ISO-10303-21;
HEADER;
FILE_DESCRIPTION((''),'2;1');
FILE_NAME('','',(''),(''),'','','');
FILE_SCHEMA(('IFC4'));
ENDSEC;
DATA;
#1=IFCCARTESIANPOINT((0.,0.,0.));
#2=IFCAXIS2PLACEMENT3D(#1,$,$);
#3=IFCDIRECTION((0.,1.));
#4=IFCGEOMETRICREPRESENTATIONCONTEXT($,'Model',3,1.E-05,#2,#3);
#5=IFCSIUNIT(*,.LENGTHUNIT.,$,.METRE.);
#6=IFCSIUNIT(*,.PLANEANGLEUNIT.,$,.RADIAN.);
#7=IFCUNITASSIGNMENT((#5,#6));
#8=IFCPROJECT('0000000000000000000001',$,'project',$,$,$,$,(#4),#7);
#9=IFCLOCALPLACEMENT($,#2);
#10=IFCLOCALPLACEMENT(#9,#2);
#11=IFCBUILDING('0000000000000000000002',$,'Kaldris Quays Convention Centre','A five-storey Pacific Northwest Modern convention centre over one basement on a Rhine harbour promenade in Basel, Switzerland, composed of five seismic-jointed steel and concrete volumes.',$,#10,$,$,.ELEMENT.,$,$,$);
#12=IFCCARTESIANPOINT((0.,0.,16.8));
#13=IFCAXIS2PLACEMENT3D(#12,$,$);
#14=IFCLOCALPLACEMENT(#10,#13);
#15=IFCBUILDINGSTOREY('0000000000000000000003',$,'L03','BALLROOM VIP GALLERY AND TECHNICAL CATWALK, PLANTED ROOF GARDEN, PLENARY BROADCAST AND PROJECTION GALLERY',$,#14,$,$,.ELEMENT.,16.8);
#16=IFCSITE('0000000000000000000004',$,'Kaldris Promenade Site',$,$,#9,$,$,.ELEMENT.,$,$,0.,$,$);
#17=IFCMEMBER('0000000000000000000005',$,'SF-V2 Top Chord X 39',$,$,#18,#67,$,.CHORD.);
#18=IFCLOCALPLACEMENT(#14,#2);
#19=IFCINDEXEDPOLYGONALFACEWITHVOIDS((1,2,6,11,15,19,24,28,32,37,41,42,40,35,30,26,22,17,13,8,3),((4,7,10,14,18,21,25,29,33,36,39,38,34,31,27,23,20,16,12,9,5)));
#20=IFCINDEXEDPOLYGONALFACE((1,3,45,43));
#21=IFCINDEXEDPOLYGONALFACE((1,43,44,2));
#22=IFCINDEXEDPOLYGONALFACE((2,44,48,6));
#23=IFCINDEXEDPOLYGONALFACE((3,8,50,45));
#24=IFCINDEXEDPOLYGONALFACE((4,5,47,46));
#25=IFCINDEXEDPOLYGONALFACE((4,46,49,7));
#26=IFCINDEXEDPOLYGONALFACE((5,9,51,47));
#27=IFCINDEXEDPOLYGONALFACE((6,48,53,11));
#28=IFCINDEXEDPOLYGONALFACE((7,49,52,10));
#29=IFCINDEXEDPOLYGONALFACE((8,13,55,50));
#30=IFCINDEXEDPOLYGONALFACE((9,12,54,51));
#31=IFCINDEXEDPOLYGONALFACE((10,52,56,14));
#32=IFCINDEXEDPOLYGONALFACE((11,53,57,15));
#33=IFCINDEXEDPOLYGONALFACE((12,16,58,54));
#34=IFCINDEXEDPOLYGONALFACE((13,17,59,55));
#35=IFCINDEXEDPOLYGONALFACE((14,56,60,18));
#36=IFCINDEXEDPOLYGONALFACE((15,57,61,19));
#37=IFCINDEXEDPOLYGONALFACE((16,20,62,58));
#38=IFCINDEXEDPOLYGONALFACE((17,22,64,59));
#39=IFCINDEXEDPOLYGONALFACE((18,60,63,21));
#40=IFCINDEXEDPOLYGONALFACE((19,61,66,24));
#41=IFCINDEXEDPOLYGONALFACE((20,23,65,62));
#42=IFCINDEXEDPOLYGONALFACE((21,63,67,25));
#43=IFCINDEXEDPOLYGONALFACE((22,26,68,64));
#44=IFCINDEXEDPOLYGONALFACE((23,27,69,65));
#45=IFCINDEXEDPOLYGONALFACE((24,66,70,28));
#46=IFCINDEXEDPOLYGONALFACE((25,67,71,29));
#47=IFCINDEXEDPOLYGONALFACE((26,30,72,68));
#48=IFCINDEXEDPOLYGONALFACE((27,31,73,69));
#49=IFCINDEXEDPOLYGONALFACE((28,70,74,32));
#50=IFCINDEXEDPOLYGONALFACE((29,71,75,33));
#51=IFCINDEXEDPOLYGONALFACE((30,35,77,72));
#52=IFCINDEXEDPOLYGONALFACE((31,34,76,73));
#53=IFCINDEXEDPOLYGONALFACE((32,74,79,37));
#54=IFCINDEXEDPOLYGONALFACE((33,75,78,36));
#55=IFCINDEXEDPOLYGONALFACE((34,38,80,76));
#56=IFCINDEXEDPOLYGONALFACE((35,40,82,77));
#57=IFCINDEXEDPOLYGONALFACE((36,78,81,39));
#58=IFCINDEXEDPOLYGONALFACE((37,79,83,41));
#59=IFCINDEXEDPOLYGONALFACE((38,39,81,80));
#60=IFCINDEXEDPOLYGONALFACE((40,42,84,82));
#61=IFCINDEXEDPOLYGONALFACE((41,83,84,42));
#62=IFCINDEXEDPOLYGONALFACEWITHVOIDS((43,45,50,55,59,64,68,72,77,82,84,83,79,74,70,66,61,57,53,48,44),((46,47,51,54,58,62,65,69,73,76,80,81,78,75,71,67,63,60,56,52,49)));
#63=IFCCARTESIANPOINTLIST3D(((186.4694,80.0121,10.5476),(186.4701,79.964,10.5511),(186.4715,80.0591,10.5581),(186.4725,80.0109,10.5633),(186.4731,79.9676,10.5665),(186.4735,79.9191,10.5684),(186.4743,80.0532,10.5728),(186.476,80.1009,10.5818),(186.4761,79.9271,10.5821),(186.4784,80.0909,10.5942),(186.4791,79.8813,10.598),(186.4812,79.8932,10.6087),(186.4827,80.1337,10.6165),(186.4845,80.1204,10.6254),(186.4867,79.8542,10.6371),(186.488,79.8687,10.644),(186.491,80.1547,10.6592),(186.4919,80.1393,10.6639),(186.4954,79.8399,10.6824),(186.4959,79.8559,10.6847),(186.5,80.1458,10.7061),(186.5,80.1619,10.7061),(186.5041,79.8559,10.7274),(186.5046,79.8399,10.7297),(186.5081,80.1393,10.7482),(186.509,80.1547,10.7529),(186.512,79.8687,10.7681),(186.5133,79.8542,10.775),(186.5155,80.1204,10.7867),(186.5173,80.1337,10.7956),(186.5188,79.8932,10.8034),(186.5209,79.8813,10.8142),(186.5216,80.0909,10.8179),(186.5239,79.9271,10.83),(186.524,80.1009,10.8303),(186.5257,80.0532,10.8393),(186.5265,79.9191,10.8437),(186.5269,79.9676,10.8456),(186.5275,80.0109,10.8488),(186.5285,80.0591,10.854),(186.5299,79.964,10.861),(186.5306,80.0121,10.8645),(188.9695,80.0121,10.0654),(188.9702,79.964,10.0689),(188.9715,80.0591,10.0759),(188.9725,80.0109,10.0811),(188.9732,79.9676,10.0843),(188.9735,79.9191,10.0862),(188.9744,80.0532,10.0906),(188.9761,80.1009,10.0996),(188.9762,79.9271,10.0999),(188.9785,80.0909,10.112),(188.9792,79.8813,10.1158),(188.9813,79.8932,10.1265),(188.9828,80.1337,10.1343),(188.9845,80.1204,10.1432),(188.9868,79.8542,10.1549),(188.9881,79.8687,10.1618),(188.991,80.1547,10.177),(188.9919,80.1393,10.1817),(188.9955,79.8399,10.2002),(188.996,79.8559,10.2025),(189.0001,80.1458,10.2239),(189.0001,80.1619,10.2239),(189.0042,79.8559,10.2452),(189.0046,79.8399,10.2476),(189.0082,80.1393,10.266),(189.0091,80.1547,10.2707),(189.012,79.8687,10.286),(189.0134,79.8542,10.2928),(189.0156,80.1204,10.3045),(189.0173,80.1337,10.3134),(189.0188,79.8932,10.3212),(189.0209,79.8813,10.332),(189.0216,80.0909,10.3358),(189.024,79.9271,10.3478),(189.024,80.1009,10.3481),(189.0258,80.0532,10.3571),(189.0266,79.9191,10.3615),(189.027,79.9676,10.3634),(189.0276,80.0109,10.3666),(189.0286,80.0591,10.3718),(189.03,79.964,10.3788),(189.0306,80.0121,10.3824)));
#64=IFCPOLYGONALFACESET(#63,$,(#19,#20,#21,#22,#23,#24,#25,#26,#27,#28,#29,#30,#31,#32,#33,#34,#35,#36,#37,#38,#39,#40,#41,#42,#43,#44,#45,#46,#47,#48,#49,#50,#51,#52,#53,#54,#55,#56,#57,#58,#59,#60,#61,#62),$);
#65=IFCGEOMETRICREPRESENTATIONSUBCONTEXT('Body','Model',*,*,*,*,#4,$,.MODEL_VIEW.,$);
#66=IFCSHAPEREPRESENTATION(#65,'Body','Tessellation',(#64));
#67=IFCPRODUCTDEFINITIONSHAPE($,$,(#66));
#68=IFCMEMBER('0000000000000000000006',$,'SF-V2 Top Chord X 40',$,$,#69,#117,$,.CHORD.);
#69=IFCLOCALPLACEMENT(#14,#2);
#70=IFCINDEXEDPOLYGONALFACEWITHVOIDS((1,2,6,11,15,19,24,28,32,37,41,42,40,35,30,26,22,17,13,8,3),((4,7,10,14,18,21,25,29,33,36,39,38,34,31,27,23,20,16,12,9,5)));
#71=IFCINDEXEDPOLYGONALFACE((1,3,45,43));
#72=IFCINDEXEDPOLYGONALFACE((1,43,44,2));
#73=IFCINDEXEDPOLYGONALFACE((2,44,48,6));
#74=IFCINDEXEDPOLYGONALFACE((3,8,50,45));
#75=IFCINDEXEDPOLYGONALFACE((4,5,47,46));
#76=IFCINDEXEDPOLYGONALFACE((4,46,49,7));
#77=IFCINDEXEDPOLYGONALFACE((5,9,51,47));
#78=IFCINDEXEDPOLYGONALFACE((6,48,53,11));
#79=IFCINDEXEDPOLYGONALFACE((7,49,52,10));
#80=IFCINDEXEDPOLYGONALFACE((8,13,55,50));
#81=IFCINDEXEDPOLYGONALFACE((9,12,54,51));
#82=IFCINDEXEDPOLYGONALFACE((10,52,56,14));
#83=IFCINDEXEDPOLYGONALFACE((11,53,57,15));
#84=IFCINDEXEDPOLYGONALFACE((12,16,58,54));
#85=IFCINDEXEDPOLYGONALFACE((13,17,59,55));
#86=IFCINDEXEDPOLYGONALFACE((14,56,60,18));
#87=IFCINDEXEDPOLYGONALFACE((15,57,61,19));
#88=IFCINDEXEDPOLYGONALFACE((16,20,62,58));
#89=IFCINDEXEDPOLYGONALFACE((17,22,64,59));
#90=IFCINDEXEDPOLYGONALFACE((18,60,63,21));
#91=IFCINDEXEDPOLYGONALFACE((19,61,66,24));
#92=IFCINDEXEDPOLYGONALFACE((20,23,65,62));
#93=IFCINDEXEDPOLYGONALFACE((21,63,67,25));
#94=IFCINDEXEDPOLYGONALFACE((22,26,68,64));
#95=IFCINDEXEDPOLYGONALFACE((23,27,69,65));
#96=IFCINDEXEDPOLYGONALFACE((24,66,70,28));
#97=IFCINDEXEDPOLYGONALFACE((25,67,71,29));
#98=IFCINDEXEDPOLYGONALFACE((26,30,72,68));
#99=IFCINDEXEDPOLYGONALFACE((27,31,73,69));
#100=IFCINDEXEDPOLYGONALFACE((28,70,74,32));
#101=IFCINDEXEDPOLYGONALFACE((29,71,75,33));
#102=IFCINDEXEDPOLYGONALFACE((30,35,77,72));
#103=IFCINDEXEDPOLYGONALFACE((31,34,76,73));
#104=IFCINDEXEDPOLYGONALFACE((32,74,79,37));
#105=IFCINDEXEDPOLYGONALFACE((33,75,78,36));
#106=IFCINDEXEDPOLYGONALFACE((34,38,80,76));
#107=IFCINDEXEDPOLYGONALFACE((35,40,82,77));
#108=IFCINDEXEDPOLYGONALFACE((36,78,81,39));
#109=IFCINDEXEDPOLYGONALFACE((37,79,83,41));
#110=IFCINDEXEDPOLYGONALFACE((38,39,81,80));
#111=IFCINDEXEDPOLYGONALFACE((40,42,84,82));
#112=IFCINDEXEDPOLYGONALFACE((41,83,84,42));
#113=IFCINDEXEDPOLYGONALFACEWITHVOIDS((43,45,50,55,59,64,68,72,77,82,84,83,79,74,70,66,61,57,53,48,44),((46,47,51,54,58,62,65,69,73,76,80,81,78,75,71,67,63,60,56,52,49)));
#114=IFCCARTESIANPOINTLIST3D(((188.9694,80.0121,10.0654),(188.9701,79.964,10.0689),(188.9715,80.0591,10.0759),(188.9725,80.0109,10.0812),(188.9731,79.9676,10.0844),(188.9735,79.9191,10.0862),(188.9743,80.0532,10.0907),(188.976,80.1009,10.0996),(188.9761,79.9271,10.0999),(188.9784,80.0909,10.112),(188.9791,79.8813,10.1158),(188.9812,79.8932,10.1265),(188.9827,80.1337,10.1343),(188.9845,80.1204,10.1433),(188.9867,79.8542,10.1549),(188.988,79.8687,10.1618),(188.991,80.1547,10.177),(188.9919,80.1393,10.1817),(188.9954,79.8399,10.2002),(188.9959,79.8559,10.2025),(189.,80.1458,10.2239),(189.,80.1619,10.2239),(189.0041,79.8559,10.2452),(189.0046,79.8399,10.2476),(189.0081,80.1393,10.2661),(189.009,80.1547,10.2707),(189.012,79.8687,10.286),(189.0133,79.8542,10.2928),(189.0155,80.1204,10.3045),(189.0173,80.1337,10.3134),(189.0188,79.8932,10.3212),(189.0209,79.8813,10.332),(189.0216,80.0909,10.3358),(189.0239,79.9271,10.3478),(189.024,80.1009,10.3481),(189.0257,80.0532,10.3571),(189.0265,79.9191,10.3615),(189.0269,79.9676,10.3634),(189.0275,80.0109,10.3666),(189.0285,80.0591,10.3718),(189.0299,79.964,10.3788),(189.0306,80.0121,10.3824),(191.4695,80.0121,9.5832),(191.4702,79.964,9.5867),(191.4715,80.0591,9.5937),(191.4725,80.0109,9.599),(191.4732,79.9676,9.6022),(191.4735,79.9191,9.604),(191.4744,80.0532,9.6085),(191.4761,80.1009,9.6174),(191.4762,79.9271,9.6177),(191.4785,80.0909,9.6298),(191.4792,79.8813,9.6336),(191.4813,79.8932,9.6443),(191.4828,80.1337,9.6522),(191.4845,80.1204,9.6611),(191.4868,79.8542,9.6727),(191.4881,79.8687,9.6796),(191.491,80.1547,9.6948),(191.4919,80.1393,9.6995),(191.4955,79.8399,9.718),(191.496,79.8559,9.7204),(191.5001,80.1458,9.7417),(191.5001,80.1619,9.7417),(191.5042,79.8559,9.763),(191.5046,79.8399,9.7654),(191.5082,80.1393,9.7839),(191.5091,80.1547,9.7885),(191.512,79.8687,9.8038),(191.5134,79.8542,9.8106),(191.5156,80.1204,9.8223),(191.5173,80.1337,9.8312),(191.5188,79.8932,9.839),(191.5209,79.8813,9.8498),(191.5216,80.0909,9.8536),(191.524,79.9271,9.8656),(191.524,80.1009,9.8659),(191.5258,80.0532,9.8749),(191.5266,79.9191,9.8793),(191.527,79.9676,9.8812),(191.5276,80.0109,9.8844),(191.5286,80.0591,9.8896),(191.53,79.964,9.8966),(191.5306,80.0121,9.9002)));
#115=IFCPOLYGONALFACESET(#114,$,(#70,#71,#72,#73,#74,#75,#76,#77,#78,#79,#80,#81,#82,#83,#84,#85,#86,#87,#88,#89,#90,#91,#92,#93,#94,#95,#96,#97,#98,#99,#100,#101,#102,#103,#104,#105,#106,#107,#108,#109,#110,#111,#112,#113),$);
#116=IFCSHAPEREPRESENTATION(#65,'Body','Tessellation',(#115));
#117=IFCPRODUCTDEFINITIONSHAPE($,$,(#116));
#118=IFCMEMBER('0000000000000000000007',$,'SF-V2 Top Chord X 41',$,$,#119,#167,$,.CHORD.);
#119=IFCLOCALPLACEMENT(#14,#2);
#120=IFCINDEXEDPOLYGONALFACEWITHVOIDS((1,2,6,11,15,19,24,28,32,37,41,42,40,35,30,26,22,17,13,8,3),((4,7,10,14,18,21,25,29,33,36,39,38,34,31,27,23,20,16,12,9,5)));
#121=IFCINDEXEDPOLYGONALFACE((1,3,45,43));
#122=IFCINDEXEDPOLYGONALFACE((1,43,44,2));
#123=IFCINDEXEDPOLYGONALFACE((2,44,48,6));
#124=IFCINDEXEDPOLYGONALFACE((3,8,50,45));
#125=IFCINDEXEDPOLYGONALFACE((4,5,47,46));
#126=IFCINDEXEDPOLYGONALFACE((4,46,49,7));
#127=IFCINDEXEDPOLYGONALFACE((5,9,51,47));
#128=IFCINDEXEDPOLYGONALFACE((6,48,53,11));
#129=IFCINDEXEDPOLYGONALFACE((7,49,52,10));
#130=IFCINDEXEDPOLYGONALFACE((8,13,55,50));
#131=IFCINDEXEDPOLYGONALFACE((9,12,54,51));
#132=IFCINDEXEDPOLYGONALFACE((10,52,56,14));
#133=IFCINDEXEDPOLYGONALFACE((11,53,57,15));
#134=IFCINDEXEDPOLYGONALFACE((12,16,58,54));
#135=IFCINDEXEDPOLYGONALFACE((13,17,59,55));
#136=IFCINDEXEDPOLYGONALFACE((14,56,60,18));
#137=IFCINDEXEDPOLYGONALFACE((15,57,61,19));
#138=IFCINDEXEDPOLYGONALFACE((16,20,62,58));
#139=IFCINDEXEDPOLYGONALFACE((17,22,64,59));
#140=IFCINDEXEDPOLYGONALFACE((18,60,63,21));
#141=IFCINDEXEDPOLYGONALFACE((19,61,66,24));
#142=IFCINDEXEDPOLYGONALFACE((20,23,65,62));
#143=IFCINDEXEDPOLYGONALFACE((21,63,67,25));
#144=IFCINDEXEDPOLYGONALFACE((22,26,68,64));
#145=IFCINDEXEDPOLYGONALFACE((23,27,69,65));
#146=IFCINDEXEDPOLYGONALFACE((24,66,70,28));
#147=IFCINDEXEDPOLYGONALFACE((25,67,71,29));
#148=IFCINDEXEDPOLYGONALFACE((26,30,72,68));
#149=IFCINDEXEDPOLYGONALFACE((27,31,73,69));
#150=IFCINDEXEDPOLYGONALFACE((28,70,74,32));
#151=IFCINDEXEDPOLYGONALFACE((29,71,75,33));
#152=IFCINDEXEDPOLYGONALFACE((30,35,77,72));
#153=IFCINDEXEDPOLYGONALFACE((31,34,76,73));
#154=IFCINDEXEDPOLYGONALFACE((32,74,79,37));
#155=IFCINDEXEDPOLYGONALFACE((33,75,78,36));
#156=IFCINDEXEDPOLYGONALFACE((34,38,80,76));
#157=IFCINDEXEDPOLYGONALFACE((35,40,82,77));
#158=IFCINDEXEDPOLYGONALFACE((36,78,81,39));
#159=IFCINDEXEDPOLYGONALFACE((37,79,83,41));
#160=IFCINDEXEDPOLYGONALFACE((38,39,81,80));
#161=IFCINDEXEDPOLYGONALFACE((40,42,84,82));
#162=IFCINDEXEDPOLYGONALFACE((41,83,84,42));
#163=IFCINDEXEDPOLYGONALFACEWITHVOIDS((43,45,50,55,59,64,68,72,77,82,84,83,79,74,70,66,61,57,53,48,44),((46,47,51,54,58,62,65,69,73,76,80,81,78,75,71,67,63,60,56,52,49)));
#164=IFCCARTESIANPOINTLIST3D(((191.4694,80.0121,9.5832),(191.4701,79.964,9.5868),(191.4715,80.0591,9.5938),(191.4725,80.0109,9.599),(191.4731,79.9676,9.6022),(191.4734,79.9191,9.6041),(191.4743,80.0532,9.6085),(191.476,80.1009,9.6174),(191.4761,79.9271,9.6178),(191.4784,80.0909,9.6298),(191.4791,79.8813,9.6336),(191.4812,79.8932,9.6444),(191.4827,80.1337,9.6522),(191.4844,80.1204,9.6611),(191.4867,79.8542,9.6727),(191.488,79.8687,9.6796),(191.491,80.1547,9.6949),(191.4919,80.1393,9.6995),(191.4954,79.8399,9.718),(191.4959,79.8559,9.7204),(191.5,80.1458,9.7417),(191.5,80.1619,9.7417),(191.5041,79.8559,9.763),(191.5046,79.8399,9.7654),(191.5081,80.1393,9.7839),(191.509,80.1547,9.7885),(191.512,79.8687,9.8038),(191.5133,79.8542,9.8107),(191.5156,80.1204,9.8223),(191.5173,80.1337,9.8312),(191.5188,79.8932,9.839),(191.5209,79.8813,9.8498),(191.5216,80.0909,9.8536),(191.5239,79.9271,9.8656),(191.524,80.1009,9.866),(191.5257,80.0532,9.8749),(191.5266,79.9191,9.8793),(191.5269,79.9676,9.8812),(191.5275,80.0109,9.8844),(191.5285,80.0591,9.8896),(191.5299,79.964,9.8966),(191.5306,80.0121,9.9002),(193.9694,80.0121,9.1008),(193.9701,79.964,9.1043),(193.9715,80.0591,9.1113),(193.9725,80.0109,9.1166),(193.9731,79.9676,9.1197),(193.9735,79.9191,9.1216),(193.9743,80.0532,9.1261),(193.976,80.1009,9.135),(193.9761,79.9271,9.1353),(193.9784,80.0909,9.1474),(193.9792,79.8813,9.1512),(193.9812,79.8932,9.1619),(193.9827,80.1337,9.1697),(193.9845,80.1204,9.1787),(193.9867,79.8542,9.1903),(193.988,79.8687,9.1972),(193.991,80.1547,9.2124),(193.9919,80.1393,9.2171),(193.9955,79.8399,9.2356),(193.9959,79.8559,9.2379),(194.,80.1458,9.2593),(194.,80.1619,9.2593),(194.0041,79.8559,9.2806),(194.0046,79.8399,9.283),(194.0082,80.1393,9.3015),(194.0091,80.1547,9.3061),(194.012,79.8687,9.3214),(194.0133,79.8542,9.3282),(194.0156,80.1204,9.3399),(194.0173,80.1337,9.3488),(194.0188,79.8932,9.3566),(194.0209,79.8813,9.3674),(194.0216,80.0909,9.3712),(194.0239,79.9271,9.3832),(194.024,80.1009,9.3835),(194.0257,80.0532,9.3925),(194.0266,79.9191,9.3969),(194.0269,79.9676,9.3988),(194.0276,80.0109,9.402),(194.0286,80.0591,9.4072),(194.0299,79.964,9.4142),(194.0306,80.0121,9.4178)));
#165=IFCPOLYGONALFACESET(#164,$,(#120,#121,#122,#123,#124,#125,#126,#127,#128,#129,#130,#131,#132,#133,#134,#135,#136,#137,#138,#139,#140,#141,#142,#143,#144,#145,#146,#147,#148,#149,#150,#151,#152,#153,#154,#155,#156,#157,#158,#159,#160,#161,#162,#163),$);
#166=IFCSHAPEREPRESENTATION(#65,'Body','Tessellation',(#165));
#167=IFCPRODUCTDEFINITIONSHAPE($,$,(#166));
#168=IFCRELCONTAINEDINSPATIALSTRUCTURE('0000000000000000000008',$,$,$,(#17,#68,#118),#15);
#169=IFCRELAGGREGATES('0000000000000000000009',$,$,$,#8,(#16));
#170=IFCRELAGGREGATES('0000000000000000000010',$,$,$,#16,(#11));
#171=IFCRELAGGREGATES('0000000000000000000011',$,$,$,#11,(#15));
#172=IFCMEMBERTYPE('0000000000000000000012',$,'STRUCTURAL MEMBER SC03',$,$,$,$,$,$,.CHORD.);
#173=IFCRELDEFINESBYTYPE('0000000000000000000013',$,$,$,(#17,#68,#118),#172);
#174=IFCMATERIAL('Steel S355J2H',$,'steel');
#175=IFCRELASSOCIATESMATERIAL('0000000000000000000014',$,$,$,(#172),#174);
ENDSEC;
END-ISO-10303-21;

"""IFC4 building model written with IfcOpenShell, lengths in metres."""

from ifc_helpers import new_model, si_unit, direction, frame, origin, origin_2d, place, context, subcontext, project, spatial, hollow_circle, extrude, material, material_profile, profile_set, type_object, element, save


model = new_model("IFC4")

# Units and contexts
model_context = context("Model", 3, precision=1e-05, world=origin(), true_north=direction((0.0, 1.0)))
body_context = subcontext(model_context, "Body", "Model", "MODEL_VIEW")
ifc_project = project(units=[si_unit("LENGTHUNIT", "METRE"), si_unit("PLANEANGLEUNIT", "RADIAN")], contexts=[model_context])

# Site, building, storey
site_placement = place(None, origin())
site = spatial("IfcSite", under=ifc_project, at=site_placement, Name="Kaldris Promenade Site", CompositionType="ELEMENT", RefElevation=0.0)
building_placement = place(site_placement, origin())
building = spatial("IfcBuilding", under=site, at=building_placement, Name="Kaldris Quays Convention Centre", Description="A five-storey Pacific Northwest Modern convention centre over one basement on a Rhine harbour promenade in Basel, Switzerland, composed of five seismic-jointed steel and concrete volumes.", CompositionType="ELEMENT")
storey_placement = place(building_placement, frame((0.0, 0.0, 16.8)))
storey = spatial("IfcBuildingStorey", under=building, at=storey_placement, Name="L03", Description="BALLROOM VIP GALLERY AND TECHNICAL CATWALK, PLANTED ROOF GARDEN, PLENARY BROADCAST AND PROJECTION GALLERY", CompositionType="ELEMENT", Elevation=16.8)

# Members
ifc_material_1 = material(Name="Steel S355J2H", Category="steel")
ifc_material_profile_1 = material_profile(ifc_material_1, hollow_circle(Radius=0.1619, WallThickness=0.0161, at=origin_2d()), Name="CHS 323.9x16")
ifc_profile_set_1 = profile_set([ifc_material_profile_1], Name="Steel S355J2H")
member_type_1 = type_object("IfcMemberType", Name="STRUCTURAL MEMBER SC03", PredefinedType="CHORD", material=ifc_profile_set_1)
for number, where, z_axis, x_axis, name in (
    (1, (186.5, 80.0, 10.7061), (0.981904, 0.0, -0.189381), (0.0, 1.0, 0.0), "SF-V2 Top Chord X 39"),
    (2, (189.0, 80.0, 10.2239), (0.981904, 0.0, -0.189381), (0.0, 1.0, 0.0), "SF-V2 Top Chord X 40"),
    (3, (191.5, 80.0, 9.7417), (0.981886, 0.0, -0.189473), (0.0, 1.0, 0.0), "SF-V2 Top Chord X 41"),
):
    element("IfcMember", number, at=place(storey_placement, frame(where, z_axis=z_axis, x_axis=x_axis)), inside=storey, type_object=member_type_1, Name=name, PredefinedType="CHORD", context=body_context, shape_type="SweptSolid", body=[
        extrude(hollow_circle(Radius=0.1619, WallThickness=0.0161, at=origin_2d()), origin(), (0.0, 0.0, 1.0), 2.5461),
    ])

save(model, "model.ifc")
